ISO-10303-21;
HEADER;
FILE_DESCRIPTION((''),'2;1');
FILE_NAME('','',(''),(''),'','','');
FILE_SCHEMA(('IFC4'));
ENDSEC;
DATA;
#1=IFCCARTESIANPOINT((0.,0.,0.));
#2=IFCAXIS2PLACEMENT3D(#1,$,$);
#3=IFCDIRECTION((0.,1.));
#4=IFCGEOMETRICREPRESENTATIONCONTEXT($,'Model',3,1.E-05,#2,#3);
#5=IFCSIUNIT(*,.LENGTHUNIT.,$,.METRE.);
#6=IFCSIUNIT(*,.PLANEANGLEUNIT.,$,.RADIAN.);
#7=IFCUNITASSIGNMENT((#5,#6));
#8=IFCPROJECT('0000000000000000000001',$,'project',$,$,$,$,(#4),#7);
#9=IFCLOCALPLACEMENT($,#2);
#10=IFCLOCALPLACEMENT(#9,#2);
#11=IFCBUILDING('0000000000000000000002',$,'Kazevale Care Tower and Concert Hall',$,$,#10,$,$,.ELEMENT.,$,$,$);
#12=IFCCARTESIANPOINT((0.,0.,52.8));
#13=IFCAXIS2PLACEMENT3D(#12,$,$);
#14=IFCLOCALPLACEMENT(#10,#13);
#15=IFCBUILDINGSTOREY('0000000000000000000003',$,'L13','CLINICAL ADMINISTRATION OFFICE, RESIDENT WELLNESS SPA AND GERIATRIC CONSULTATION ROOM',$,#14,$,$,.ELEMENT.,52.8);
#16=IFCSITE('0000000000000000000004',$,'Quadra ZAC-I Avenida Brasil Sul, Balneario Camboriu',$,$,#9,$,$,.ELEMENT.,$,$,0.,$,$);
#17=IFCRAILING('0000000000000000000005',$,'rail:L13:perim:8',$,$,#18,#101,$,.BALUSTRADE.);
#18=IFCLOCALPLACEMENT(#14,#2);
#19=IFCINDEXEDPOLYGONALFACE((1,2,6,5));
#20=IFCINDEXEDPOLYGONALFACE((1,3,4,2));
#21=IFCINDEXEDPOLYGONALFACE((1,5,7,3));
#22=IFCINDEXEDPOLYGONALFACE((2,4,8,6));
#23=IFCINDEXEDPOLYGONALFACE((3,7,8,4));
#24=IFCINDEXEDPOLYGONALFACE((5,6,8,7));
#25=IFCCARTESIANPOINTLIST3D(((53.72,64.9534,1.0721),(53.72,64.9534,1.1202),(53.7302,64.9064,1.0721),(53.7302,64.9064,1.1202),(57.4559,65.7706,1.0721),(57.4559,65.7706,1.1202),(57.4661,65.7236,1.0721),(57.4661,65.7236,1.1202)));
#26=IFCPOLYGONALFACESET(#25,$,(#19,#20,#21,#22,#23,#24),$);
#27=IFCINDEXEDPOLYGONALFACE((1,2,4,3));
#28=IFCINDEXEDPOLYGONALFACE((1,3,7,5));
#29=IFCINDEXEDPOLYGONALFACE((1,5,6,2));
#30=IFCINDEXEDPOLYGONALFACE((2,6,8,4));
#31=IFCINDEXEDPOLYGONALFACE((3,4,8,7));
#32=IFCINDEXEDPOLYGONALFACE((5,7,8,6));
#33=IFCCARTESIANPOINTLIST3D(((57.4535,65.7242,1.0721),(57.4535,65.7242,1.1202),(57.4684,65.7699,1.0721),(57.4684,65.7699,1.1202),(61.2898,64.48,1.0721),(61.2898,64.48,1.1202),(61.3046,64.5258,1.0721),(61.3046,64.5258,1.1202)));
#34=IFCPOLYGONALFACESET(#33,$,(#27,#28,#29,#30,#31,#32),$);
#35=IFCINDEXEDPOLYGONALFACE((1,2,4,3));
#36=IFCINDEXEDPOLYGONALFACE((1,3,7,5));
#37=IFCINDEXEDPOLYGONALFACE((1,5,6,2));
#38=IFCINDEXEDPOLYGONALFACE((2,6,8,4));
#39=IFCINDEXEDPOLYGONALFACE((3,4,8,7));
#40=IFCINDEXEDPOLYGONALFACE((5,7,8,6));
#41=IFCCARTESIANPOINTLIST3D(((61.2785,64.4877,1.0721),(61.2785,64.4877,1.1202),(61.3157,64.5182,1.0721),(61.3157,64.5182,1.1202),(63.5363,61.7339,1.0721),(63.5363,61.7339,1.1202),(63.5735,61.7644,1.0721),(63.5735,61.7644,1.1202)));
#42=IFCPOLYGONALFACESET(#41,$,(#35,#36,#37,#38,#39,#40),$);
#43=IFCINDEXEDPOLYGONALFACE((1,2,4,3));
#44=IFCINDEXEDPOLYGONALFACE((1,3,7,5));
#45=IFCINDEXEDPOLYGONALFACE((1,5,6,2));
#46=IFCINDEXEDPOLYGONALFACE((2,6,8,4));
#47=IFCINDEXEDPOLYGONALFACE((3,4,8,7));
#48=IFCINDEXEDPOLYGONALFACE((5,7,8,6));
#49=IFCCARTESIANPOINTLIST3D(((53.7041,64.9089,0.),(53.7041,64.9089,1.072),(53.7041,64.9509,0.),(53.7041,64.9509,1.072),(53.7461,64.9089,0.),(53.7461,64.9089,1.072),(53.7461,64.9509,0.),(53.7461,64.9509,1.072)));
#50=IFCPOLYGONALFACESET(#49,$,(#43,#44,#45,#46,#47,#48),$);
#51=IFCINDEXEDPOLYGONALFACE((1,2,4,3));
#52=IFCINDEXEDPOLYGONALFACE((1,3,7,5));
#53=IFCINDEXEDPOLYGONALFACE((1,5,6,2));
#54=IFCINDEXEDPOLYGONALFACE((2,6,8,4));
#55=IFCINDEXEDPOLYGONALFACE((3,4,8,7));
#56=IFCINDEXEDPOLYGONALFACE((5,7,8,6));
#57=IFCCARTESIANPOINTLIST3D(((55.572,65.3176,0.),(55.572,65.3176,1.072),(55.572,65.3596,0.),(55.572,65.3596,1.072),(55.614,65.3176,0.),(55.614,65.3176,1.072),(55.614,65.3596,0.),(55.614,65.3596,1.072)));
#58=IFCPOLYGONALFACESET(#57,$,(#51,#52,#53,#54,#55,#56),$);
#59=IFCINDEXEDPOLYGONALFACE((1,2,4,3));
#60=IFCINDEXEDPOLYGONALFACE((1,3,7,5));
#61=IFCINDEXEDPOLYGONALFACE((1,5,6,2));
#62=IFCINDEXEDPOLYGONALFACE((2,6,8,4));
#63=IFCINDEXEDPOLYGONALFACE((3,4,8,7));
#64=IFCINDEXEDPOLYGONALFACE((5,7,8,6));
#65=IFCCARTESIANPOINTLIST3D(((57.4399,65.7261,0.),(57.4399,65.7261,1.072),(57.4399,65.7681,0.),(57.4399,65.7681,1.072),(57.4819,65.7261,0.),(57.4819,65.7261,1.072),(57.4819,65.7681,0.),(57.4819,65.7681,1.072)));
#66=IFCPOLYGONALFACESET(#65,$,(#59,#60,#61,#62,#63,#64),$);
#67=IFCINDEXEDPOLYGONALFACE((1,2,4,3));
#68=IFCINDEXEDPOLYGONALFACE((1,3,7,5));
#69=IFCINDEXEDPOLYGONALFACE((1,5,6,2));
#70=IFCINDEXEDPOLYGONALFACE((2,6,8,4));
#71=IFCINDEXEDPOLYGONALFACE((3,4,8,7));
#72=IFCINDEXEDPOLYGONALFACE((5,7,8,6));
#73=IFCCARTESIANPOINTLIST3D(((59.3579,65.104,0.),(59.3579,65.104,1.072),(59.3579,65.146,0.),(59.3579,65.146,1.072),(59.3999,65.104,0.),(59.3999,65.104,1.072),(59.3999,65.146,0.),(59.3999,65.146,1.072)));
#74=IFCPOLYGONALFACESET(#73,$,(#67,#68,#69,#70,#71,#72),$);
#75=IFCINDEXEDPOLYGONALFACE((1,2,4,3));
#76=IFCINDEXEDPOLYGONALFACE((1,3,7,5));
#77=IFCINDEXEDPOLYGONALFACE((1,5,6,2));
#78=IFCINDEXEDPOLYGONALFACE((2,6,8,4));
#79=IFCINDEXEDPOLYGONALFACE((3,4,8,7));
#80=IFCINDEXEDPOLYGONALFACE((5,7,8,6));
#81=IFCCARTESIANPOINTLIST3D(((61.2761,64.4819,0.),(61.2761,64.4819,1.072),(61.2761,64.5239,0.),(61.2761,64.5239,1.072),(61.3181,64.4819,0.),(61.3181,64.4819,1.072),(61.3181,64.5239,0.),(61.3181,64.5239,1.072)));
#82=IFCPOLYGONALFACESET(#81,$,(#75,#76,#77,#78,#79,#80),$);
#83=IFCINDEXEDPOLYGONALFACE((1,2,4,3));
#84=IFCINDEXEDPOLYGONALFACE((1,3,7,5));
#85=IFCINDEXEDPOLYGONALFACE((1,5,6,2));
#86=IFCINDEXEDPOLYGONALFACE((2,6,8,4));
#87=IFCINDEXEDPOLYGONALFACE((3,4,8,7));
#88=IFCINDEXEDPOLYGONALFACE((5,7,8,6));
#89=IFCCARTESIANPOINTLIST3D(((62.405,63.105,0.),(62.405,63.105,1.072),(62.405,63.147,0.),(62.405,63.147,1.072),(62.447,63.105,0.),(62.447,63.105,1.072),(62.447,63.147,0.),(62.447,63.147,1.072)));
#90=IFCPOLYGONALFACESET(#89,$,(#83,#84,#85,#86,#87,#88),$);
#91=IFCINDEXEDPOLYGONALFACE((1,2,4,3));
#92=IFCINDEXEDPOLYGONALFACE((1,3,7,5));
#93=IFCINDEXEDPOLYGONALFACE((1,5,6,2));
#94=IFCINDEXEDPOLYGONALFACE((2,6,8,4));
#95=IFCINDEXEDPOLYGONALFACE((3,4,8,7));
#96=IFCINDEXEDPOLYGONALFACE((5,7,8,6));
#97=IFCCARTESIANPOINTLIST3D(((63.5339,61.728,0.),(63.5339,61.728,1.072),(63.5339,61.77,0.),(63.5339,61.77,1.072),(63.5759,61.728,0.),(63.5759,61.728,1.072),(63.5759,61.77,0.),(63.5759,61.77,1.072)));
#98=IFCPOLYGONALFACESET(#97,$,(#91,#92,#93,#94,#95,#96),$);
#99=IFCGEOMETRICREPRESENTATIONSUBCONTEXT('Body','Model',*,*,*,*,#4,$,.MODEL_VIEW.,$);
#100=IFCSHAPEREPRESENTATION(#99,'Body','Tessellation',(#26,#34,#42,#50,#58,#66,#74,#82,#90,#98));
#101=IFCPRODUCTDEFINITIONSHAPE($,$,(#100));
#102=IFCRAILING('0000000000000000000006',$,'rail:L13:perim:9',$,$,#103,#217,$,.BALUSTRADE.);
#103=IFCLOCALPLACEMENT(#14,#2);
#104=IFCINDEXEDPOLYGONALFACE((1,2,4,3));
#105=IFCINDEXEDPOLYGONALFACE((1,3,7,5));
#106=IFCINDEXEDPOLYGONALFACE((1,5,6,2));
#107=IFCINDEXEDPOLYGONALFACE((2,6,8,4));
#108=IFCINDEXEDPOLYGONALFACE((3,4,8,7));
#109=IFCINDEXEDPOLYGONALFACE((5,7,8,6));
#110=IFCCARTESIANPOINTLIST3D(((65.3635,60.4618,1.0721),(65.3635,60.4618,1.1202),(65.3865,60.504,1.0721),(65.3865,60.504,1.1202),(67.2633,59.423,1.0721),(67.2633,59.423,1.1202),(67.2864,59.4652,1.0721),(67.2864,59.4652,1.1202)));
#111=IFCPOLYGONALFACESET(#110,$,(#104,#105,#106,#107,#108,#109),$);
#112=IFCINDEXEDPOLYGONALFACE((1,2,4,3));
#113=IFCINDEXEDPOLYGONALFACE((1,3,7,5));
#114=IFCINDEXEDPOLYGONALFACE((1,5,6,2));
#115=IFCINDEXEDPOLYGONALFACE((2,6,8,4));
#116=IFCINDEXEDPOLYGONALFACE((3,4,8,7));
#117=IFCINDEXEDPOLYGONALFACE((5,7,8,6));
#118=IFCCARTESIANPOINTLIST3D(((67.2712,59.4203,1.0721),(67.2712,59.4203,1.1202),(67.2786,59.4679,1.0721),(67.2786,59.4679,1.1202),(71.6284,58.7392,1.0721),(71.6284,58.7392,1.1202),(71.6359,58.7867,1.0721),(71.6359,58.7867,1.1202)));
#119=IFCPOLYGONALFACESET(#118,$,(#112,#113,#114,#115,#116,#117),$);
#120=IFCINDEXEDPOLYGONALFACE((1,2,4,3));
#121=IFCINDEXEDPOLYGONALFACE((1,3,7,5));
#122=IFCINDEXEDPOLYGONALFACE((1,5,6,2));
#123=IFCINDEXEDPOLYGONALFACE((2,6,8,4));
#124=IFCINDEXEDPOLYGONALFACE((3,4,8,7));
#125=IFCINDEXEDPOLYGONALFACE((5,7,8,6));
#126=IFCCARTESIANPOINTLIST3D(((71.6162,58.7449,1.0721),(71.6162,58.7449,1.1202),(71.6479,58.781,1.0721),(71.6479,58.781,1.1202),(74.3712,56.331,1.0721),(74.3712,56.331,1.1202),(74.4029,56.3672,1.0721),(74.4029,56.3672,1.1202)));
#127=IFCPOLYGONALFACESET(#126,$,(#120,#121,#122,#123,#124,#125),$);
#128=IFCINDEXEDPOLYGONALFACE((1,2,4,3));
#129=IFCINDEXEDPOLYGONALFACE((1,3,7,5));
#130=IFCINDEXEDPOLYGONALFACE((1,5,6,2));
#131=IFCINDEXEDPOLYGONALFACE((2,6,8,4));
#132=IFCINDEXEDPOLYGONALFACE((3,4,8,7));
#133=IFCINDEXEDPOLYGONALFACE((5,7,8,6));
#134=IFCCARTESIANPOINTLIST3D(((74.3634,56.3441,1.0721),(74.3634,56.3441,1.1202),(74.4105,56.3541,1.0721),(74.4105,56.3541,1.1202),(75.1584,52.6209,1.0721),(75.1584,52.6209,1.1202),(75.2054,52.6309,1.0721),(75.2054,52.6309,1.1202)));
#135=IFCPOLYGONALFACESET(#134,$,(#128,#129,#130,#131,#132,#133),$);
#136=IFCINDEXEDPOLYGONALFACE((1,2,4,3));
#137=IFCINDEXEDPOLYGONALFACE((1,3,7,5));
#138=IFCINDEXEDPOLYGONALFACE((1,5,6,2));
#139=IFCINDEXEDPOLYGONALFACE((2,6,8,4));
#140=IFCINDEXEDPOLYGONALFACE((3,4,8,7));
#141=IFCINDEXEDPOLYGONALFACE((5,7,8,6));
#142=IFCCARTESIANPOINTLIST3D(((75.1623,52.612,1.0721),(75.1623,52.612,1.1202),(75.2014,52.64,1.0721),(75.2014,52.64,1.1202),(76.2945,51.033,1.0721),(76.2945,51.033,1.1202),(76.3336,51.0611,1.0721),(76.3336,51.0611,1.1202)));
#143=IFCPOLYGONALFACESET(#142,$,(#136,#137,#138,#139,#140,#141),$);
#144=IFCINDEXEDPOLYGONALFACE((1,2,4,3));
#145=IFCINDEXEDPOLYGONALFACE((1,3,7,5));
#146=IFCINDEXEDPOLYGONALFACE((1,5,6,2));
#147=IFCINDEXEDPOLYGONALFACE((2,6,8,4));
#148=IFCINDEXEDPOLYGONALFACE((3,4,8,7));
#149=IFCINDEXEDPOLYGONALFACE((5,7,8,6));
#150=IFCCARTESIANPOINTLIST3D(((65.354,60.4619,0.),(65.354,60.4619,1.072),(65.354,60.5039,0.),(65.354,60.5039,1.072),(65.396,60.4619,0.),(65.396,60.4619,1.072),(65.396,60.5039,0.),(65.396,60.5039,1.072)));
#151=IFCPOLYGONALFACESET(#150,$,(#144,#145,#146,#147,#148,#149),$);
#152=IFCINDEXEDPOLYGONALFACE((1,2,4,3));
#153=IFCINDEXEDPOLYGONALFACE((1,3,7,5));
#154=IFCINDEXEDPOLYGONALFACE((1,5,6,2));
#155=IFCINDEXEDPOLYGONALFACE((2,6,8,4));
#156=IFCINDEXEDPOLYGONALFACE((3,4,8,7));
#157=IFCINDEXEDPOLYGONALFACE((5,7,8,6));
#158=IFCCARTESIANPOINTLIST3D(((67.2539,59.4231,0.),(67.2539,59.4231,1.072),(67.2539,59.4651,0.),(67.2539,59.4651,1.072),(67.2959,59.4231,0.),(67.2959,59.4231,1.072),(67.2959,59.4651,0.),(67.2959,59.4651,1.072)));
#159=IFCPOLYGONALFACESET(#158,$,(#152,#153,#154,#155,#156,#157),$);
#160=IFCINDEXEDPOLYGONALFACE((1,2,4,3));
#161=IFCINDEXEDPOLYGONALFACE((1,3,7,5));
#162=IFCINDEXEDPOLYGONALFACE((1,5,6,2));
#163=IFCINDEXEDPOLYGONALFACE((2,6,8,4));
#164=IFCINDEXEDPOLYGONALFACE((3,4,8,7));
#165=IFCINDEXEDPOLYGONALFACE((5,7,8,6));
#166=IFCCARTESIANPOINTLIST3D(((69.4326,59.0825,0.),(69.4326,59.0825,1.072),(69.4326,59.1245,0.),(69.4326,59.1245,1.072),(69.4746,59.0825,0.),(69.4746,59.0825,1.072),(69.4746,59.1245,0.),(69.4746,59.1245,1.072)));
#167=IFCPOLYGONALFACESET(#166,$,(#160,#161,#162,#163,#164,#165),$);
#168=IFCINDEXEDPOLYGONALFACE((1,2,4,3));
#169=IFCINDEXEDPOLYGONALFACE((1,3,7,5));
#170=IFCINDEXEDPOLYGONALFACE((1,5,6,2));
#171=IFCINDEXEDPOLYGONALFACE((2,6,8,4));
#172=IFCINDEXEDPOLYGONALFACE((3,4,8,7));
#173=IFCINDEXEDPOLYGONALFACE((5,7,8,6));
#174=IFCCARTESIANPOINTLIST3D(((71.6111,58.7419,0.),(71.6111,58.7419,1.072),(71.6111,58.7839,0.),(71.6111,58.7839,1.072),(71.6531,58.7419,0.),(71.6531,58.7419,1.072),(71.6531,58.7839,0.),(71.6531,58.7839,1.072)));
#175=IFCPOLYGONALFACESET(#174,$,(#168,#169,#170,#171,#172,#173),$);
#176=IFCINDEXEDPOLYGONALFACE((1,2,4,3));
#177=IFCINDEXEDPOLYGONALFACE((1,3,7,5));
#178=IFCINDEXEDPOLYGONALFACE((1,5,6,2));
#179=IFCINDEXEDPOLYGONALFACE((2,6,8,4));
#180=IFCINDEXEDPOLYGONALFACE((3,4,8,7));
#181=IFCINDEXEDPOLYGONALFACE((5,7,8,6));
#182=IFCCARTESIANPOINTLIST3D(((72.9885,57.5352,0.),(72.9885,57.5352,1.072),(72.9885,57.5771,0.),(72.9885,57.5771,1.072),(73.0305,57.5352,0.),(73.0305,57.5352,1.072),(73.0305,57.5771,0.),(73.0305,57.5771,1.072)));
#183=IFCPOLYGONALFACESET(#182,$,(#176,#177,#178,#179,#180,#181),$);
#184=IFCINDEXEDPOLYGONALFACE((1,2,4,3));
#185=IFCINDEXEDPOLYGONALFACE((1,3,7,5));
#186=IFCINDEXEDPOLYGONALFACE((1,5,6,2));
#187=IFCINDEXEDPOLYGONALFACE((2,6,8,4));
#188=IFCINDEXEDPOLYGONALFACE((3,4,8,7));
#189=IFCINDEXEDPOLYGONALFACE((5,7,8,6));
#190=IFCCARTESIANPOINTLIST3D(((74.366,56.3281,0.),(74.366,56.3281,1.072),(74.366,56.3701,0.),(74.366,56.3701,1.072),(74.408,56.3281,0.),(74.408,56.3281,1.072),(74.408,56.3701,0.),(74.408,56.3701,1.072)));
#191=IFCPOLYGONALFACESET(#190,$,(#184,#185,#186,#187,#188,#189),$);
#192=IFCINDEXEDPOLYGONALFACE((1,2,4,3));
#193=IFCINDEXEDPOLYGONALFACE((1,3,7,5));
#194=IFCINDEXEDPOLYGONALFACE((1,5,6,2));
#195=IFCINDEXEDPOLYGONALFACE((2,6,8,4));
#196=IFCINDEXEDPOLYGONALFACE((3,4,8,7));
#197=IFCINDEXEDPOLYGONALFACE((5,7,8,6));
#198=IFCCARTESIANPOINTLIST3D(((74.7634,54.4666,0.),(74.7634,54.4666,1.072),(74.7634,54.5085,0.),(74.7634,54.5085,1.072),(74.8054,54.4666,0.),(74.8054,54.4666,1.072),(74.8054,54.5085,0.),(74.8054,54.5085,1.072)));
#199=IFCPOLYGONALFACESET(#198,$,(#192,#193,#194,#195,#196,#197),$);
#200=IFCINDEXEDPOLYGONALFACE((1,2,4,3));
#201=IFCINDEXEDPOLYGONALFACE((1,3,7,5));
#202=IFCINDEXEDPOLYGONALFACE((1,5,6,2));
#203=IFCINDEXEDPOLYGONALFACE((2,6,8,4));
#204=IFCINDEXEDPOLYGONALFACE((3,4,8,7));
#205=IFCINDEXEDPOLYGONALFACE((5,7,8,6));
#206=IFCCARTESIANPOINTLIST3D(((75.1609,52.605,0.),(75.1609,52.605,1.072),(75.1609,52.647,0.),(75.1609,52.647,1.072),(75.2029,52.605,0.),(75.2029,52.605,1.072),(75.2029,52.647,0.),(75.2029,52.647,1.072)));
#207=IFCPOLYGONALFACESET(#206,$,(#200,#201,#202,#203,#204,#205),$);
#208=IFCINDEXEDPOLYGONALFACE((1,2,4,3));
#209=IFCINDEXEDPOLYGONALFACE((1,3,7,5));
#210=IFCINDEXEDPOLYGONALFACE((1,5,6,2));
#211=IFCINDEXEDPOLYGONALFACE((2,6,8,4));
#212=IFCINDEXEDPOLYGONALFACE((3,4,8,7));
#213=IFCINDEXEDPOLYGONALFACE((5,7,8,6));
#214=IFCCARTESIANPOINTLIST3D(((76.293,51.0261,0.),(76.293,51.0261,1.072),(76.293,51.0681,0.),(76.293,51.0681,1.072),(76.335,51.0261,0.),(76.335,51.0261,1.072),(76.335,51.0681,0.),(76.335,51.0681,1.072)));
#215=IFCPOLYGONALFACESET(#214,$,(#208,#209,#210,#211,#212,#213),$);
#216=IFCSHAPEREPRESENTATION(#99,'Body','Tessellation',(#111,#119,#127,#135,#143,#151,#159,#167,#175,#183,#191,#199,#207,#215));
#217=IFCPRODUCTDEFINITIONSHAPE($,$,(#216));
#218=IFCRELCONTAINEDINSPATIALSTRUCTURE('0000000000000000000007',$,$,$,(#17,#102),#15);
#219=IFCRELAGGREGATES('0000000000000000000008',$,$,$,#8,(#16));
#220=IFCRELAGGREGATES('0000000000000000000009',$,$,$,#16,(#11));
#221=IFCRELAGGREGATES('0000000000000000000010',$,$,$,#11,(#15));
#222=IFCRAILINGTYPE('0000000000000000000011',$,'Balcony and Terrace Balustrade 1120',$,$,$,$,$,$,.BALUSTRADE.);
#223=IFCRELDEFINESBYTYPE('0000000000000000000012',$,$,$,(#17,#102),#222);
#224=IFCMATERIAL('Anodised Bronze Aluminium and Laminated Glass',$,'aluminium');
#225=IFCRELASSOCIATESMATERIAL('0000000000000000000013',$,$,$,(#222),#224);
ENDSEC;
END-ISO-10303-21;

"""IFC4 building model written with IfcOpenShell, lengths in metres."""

from ifc_helpers import new_model, si_unit, direction, frame, origin, origin_2d, place, context, subcontext, project, spatial, rectangle, extrude, material, type_object, element, save


model = new_model("IFC4")

# Units and contexts
model_context = context("Model", 3, precision=1e-05, world=origin(), true_north=direction((0.0, 1.0)))
body_context = subcontext(model_context, "Body", "Model", "MODEL_VIEW")
ifc_project = project(units=[si_unit("LENGTHUNIT", "METRE"), si_unit("PLANEANGLEUNIT", "RADIAN")], contexts=[model_context])

# Site, building, storey
site_placement = place(None, origin())
site = spatial("IfcSite", under=ifc_project, at=site_placement, Name="Quadra ZAC-I Avenida Brasil Sul, Balneario Camboriu", CompositionType="ELEMENT", RefElevation=0.0)
building_placement = place(site_placement, origin())
building = spatial("IfcBuilding", under=site, at=building_placement, Name="Kazevale Care Tower and Concert Hall", CompositionType="ELEMENT")
storey_placement = place(building_placement, frame((0.0, 0.0, 52.8)))
storey = spatial("IfcBuildingStorey", under=building, at=storey_placement, Name="L13", Description="CLINICAL ADMINISTRATION OFFICE, RESIDENT WELLNESS SPA AND GERIATRIC CONSULTATION ROOM", CompositionType="ELEMENT", Elevation=52.8)

# Railings
ifc_material_1 = material(Name="Anodised Bronze Aluminium and Laminated Glass", Category="aluminium")
railing_type = type_object("IfcRailingType", Name="Balcony and Terrace Balustrade 1120", PredefinedType="BALUSTRADE", material=ifc_material_1)
railing_1_placement = place(storey_placement, frame((53.7251, 64.9299, 0.0)))
element("IfcRailing", 1, at=railing_1_placement, inside=storey, type_object=railing_type, Name="rail:L13:perim:8", PredefinedType="BALUSTRADE", context=body_context, shape_type="SweptSolid", body=[
    extrude(rectangle(XDim=0.0481, YDim=0.0481, at=origin_2d()), frame((0.0, 0.0, 1.0962), z_axis=(0.976904, 0.213678, 0.0), x_axis=(-0.213678, 0.976904, 0.0)), (0.0, 0.0, 1.0), 3.8242),
    extrude(rectangle(XDim=0.0481, YDim=0.0481, at=origin_2d()), frame((3.7358, 0.8171, 1.0962), z_axis=(0.951225, -0.308499, 0.0), x_axis=(0.308499, 0.951225, 0.0)), (0.0, 0.0, 1.0), 4.033),
    extrude(rectangle(XDim=0.0481, YDim=0.0481, at=origin_2d()), frame((7.572, -0.427, 1.0962), z_axis=(0.634014, -0.773322, 0.0), x_axis=(0.773322, 0.634014, 0.0)), (0.0, 0.0, 1.0), 3.561),
    extrude(rectangle(XDim=0.042, YDim=0.042, at=origin_2d()), origin(), (0.0, 0.0, 1.0), 1.072),
    extrude(rectangle(XDim=0.042, YDim=0.042, at=origin_2d()), frame((1.8679, 0.4087, 0.0)), (0.0, 0.0, 1.0), 1.072),
    extrude(rectangle(XDim=0.042, YDim=0.042, at=origin_2d()), frame((3.7358, 0.8171, 0.0)), (0.0, 0.0, 1.0), 1.072),
    extrude(rectangle(XDim=0.042, YDim=0.042, at=origin_2d()), frame((5.6538, 0.1951, 0.0)), (0.0, 0.0, 1.0), 1.072),
    extrude(rectangle(XDim=0.042, YDim=0.042, at=origin_2d()), frame((7.572, -0.427, 0.0)), (0.0, 0.0, 1.0), 1.072),
    extrude(rectangle(XDim=0.042, YDim=0.042, at=origin_2d()), frame((8.7009, -1.804, 0.0)), (0.0, 0.0, 1.0), 1.072),
    extrude(rectangle(XDim=0.042, YDim=0.042, at=origin_2d()), frame((9.8298, -3.1809, 0.0)), (0.0, 0.0, 1.0), 1.072),
])
railing_2_placement = place(storey_placement, frame((65.375, 60.4829, 0.0)))
element("IfcRailing", 2, at=railing_2_placement, inside=storey, type_object=railing_type, Name="rail:L13:perim:9", PredefinedType="BALUSTRADE", context=body_context, shape_type="SweptSolid", body=[
    extrude(rectangle(XDim=0.0481, YDim=0.0481, at=origin_2d()), frame((0.0, 0.0, 1.0962), z_axis=(0.877408, -0.479745, 0.0), x_axis=(0.479745, 0.877408, 0.0)), (0.0, 0.0, 1.0), 2.1653),
    extrude(rectangle(XDim=0.0481, YDim=0.0481, at=origin_2d()), frame((1.8999, -1.0388, 1.0962), z_axis=(0.988, -0.154453, 0.0), x_axis=(0.154453, 0.988, 0.0)), (0.0, 0.0, 1.0), 4.4102),
    extrude(rectangle(XDim=0.0481, YDim=0.0481, at=origin_2d()), frame((6.2571, -1.72, 1.0962), z_axis=(0.752131, -0.659014, 0.0), x_axis=(0.659014, 0.752131, 0.0)), (0.0, 0.0, 1.0), 3.6628),
    extrude(rectangle(XDim=0.0481, YDim=0.0481, at=origin_2d()), frame((9.012, -4.1338, 1.0962), z_axis=(0.208802, -0.977958, 0.0), x_axis=(0.977958, 0.208802, 0.0)), (0.0, 0.0, 1.0), 3.8071),
    extrude(rectangle(XDim=0.0481, YDim=0.0481, at=origin_2d()), frame((9.8069, -7.8569, 1.0962), z_axis=(0.582711, -0.812679, 0.0), x_axis=(0.812679, 0.582711, 0.0)), (0.0, 0.0, 1.0), 1.9429),
    extrude(rectangle(XDim=0.042, YDim=0.042, at=origin_2d()), origin(), (0.0, 0.0, 1.0), 1.072),
    extrude(rectangle(XDim=0.042, YDim=0.042, at=origin_2d()), frame((1.8999, -1.0388, 0.0)), (0.0, 0.0, 1.0), 1.072),
    extrude(rectangle(XDim=0.042, YDim=0.042, at=origin_2d()), frame((4.0786, -1.3794, 0.0)), (0.0, 0.0, 1.0), 1.072),
    extrude(rectangle(XDim=0.042, YDim=0.042, at=origin_2d()), frame((6.2571, -1.72, 0.0)), (0.0, 0.0, 1.0), 1.072),
    extrude(rectangle(XDim=0.042, YDim=0.042, at=origin_2d()), frame((7.6345, -2.9268, 0.0)), (0.0, 0.0, 1.0), 1.072),
    extrude(rectangle(XDim=0.042, YDim=0.042, at=origin_2d()), frame((9.012, -4.1338, 0.0)), (0.0, 0.0, 1.0), 1.072),
    extrude(rectangle(XDim=0.042, YDim=0.042, at=origin_2d()), frame((9.4094, -5.9954, 0.0)), (0.0, 0.0, 1.0), 1.072),
    extrude(rectangle(XDim=0.042, YDim=0.042, at=origin_2d()), frame((9.8069, -7.8569, 0.0)), (0.0, 0.0, 1.0), 1.072),
    extrude(rectangle(XDim=0.042, YDim=0.042, at=origin_2d()), frame((10.939, -9.4358, 0.0)), (0.0, 0.0, 1.0), 1.072),
])

save(model, "model.ifc")
